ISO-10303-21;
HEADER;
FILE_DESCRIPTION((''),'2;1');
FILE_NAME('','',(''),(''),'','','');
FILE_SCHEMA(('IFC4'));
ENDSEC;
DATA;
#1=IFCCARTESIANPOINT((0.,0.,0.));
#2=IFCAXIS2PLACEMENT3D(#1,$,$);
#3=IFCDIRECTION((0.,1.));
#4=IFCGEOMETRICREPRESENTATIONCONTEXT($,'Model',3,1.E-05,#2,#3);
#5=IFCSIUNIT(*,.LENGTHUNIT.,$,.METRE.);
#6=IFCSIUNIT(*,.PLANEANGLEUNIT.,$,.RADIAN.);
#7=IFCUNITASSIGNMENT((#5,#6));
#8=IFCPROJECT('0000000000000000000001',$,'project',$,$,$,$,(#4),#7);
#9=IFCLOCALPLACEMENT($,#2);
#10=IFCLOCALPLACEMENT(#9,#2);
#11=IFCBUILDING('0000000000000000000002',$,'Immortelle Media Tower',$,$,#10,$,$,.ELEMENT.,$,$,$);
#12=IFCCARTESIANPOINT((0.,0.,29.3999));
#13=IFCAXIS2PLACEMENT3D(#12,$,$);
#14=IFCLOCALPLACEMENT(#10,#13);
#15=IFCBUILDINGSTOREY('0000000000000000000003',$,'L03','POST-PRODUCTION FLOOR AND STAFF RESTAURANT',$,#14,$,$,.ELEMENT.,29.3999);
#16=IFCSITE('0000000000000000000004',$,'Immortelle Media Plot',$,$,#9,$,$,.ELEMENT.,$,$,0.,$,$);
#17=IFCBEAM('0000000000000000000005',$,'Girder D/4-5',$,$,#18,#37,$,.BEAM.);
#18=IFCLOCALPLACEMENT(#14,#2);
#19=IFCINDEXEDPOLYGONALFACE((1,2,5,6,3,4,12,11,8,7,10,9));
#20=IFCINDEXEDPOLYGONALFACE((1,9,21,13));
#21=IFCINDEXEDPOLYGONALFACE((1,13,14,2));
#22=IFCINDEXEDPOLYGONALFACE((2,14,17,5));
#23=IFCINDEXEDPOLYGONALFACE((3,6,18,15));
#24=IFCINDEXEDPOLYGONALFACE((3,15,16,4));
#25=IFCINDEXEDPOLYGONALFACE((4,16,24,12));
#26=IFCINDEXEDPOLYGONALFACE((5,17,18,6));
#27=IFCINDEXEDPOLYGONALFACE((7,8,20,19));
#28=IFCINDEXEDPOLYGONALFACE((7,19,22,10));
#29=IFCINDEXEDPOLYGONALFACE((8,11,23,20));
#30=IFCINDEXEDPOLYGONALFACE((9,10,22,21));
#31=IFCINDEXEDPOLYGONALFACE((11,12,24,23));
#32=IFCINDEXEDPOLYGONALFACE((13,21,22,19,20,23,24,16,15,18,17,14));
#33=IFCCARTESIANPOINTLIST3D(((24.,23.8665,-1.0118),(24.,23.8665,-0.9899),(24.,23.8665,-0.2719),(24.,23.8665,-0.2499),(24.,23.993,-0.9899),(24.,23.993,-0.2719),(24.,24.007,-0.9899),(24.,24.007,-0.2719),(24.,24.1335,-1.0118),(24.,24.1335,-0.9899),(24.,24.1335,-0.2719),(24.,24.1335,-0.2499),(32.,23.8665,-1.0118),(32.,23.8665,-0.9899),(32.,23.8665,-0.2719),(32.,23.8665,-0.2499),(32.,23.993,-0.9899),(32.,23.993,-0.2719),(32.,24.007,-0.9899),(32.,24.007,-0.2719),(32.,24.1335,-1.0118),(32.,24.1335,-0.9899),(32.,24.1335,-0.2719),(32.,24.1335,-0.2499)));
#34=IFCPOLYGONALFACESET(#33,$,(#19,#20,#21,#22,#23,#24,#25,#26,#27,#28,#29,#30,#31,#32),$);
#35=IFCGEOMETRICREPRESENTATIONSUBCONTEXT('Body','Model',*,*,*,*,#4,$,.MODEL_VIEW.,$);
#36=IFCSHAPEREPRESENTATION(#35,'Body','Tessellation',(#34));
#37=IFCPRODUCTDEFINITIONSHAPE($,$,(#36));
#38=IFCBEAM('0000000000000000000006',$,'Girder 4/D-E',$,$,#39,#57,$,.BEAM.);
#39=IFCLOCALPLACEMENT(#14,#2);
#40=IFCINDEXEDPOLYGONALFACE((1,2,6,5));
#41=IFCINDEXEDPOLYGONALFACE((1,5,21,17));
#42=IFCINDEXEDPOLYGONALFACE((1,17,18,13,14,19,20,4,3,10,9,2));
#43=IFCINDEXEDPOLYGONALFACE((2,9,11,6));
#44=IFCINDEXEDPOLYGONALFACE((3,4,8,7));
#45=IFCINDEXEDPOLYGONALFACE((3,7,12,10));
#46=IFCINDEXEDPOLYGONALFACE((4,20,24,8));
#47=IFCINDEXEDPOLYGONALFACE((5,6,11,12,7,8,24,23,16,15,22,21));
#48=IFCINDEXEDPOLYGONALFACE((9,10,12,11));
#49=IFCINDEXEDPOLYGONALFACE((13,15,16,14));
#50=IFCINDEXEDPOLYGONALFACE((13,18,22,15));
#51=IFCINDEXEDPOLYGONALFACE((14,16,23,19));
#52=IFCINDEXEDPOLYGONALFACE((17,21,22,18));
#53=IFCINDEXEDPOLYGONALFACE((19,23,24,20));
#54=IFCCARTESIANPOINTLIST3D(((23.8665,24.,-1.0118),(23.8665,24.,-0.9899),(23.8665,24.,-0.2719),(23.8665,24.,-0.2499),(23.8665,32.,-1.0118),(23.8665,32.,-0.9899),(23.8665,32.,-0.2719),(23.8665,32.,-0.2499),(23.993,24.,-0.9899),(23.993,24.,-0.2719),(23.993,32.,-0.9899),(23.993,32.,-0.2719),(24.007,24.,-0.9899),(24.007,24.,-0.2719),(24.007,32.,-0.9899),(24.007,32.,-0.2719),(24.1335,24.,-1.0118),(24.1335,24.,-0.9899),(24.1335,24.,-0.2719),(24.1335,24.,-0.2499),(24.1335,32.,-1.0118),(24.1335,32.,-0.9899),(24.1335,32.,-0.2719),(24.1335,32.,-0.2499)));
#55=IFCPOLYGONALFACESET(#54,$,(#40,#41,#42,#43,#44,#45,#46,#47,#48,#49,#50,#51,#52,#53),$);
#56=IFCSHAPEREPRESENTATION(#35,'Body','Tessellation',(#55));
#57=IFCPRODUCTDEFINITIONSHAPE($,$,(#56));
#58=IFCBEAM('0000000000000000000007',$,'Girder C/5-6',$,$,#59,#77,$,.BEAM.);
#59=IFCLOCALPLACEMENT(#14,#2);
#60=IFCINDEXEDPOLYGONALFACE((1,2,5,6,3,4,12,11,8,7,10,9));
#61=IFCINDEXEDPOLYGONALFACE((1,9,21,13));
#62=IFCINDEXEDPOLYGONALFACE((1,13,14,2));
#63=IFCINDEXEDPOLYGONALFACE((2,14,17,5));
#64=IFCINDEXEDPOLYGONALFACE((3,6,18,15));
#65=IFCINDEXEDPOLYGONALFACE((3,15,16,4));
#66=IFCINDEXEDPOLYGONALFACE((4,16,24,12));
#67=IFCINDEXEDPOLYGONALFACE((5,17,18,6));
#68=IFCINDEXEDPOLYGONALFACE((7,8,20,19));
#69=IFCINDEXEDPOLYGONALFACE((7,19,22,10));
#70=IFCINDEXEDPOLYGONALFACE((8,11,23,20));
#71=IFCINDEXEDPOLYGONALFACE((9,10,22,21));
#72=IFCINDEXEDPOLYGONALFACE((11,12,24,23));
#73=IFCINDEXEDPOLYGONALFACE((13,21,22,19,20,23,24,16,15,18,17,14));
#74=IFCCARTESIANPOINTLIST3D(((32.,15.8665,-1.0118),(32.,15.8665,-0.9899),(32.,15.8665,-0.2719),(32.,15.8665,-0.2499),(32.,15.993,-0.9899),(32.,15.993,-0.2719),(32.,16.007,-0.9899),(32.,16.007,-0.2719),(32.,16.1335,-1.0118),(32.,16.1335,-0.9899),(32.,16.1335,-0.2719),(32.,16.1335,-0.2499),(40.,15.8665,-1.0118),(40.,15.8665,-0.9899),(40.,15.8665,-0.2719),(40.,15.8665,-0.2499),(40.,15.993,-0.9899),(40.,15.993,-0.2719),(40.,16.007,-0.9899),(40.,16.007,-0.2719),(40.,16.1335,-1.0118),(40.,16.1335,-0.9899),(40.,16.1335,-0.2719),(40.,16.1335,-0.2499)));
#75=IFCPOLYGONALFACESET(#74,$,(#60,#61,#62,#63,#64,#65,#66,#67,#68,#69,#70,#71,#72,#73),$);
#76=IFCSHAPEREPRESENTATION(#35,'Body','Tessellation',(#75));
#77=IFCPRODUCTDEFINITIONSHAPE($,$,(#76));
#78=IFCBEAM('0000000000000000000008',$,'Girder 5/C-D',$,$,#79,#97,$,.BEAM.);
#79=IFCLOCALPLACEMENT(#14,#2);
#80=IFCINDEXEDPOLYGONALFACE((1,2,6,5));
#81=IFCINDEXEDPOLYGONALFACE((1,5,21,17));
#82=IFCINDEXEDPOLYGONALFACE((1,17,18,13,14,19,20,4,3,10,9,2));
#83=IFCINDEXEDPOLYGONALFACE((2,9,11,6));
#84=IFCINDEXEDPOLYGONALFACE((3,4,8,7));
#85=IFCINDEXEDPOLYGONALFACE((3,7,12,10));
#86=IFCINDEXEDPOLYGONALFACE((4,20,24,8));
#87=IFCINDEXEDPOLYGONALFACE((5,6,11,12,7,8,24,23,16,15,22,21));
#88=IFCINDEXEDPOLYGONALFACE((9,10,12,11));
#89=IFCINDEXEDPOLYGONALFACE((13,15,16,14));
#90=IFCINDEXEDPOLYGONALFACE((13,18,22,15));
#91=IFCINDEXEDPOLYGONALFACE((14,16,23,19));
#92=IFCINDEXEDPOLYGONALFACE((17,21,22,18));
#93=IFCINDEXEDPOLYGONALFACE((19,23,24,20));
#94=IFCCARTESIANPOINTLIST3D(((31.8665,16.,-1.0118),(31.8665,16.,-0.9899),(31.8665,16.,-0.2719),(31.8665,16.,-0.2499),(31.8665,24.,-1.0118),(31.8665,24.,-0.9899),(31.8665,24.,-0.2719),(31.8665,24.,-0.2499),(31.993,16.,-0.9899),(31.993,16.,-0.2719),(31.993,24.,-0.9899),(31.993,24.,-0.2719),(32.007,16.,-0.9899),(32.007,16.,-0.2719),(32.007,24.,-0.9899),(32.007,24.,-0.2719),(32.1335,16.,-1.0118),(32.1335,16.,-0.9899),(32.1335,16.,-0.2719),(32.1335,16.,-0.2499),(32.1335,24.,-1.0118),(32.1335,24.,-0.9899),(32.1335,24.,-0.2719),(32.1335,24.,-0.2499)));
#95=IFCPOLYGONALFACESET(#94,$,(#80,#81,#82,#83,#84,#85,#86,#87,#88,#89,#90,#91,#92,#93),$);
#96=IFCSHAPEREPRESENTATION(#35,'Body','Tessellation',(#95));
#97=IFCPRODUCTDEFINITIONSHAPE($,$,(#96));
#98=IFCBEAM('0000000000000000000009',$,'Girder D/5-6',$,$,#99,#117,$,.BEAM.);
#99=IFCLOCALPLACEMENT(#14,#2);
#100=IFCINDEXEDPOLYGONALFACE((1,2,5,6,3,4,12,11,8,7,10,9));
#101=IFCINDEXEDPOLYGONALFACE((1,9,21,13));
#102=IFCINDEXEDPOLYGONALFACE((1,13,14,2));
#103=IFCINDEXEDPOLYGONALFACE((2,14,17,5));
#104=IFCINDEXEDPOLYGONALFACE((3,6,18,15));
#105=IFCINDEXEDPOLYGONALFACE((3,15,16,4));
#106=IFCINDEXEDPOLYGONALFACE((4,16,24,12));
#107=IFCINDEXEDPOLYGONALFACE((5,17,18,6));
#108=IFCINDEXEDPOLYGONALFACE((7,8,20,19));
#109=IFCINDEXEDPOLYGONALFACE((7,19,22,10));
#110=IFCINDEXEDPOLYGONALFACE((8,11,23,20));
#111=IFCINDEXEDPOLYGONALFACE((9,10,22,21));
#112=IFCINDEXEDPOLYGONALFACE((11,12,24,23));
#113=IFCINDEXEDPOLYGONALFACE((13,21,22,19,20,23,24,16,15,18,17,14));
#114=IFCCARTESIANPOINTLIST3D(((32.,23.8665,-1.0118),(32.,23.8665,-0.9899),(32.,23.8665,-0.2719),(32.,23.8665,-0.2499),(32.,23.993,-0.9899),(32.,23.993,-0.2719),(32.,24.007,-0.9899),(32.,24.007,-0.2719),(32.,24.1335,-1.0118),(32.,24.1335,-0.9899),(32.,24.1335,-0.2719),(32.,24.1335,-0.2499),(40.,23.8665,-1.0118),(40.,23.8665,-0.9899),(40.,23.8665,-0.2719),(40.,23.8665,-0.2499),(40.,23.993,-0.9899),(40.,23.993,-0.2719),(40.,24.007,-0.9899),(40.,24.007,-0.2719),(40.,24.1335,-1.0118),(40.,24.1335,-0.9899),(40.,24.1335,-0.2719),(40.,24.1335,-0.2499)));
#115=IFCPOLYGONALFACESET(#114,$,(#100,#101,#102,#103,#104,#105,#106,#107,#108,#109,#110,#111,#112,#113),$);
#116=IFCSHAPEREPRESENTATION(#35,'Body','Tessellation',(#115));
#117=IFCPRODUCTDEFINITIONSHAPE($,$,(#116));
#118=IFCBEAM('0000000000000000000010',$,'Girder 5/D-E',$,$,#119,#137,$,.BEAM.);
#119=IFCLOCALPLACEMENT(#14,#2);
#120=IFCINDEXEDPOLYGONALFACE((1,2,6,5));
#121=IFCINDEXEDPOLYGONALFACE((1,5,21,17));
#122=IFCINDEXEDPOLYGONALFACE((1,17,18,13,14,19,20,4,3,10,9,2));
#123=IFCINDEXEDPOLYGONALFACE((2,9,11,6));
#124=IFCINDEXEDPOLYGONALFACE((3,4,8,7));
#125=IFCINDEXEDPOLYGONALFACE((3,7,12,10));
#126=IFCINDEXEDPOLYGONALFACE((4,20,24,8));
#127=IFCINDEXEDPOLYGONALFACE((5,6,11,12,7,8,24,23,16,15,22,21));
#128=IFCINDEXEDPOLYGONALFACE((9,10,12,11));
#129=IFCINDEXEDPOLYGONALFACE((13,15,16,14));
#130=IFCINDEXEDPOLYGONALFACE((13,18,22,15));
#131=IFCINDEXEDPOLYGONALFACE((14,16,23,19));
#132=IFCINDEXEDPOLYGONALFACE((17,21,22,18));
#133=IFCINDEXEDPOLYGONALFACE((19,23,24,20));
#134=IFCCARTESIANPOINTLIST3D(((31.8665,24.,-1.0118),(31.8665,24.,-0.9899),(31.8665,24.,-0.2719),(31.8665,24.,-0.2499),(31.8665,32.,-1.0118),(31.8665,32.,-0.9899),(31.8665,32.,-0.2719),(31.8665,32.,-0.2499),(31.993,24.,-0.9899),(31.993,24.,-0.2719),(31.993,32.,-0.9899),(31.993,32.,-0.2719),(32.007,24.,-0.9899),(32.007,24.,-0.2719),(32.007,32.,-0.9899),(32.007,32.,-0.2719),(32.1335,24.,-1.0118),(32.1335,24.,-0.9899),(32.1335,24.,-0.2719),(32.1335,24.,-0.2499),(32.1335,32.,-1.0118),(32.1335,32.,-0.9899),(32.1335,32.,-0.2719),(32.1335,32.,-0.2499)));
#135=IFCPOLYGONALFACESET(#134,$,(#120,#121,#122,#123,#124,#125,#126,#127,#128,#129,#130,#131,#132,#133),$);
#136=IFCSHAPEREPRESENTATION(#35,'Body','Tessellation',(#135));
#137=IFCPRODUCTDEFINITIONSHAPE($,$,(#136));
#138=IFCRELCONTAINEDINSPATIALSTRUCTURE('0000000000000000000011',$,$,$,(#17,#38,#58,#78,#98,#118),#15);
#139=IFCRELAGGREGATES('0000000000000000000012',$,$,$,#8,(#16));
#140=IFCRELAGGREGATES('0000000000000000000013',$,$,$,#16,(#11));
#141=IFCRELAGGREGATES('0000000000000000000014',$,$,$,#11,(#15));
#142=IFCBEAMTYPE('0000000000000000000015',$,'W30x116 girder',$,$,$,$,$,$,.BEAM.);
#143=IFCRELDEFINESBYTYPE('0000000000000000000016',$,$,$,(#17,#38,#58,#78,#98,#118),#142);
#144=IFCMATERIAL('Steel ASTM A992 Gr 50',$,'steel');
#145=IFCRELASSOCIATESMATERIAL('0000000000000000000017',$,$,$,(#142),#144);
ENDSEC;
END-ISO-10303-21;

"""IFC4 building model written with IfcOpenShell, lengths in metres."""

from ifc_helpers import new_model, si_unit, direction, frame, origin, origin_2d, place, context, subcontext, project, spatial, i_section, extrude, material, material_profile, profile_set, type_object, element, save


model = new_model("IFC4")

# Units and contexts
model_context = context("Model", 3, precision=1e-05, world=origin(), true_north=direction((0.0, 1.0)))
body_context = subcontext(model_context, "Body", "Model", "MODEL_VIEW")
ifc_project = project(units=[si_unit("LENGTHUNIT", "METRE"), si_unit("PLANEANGLEUNIT", "RADIAN")], contexts=[model_context])

# Site, building, storey
site_placement = place(None, origin())
site = spatial("IfcSite", under=ifc_project, at=site_placement, Name="Immortelle Media Plot", CompositionType="ELEMENT", RefElevation=0.0)
building_placement = place(site_placement, origin())
building = spatial("IfcBuilding", under=site, at=building_placement, Name="Immortelle Media Tower", CompositionType="ELEMENT")
storey_placement = place(building_placement, frame((0.0, 0.0, 29.3999)))
storey = spatial("IfcBuildingStorey", under=building, at=storey_placement, Name="L03", Description="POST-PRODUCTION FLOOR AND STAFF RESTAURANT", CompositionType="ELEMENT", Elevation=29.3999)

# Shared definitions
ifc_material_1 = material(Name="Steel ASTM A992 Gr 50", Category="steel")

# Beams
ifc_material_profile_1 = material_profile(ifc_material_1, i_section(OverallWidth=0.2671, OverallDepth=0.762, WebThickness=0.0139, FlangeThickness=0.022, at=origin_2d()), Name="W30x116")
ifc_profile_set_1 = profile_set([ifc_material_profile_1], Name="Steel ASTM A992 Gr 50")
beam_type_1 = type_object("IfcBeamType", Name="W30x116 girder", PredefinedType="BEAM", material=ifc_profile_set_1)
for number, where, z_axis, x_axis, name in (
    (1, (24.0, 24.0, -0.6309), (1.0, 0.0, 0.0), (0.0, 1.0, 0.0), "Girder D/4-5"),
    (2, (24.0, 24.0, -0.6309), (0.0, 1.0, 0.0), (-1.0, 0.0, 0.0), "Girder 4/D-E"),
    (3, (32.0, 16.0, -0.6309), (1.0, 0.0, 0.0), (0.0, 1.0, 0.0), "Girder C/5-6"),
    (4, (32.0, 16.0, -0.6309), (0.0, 1.0, 0.0), (-1.0, 0.0, 0.0), "Girder 5/C-D"),
    (5, (32.0, 24.0, -0.6309), (1.0, 0.0, 0.0), (0.0, 1.0, 0.0), "Girder D/5-6"),
    (6, (32.0, 24.0, -0.6309), (0.0, 1.0, 0.0), (-1.0, 0.0, 0.0), "Girder 5/D-E"),
):
    element("IfcBeam", number, at=place(storey_placement, frame(where, z_axis=z_axis, x_axis=x_axis)), inside=storey, type_object=beam_type_1, Name=name, PredefinedType="BEAM", context=body_context, shape_type="SweptSolid", body=[
        extrude(i_section(OverallWidth=0.2671, OverallDepth=0.762, WebThickness=0.0139, FlangeThickness=0.022, at=origin_2d()), origin(), (0.0, 0.0, 1.0), 8.0),
    ])

save(model, "model.ifc")
